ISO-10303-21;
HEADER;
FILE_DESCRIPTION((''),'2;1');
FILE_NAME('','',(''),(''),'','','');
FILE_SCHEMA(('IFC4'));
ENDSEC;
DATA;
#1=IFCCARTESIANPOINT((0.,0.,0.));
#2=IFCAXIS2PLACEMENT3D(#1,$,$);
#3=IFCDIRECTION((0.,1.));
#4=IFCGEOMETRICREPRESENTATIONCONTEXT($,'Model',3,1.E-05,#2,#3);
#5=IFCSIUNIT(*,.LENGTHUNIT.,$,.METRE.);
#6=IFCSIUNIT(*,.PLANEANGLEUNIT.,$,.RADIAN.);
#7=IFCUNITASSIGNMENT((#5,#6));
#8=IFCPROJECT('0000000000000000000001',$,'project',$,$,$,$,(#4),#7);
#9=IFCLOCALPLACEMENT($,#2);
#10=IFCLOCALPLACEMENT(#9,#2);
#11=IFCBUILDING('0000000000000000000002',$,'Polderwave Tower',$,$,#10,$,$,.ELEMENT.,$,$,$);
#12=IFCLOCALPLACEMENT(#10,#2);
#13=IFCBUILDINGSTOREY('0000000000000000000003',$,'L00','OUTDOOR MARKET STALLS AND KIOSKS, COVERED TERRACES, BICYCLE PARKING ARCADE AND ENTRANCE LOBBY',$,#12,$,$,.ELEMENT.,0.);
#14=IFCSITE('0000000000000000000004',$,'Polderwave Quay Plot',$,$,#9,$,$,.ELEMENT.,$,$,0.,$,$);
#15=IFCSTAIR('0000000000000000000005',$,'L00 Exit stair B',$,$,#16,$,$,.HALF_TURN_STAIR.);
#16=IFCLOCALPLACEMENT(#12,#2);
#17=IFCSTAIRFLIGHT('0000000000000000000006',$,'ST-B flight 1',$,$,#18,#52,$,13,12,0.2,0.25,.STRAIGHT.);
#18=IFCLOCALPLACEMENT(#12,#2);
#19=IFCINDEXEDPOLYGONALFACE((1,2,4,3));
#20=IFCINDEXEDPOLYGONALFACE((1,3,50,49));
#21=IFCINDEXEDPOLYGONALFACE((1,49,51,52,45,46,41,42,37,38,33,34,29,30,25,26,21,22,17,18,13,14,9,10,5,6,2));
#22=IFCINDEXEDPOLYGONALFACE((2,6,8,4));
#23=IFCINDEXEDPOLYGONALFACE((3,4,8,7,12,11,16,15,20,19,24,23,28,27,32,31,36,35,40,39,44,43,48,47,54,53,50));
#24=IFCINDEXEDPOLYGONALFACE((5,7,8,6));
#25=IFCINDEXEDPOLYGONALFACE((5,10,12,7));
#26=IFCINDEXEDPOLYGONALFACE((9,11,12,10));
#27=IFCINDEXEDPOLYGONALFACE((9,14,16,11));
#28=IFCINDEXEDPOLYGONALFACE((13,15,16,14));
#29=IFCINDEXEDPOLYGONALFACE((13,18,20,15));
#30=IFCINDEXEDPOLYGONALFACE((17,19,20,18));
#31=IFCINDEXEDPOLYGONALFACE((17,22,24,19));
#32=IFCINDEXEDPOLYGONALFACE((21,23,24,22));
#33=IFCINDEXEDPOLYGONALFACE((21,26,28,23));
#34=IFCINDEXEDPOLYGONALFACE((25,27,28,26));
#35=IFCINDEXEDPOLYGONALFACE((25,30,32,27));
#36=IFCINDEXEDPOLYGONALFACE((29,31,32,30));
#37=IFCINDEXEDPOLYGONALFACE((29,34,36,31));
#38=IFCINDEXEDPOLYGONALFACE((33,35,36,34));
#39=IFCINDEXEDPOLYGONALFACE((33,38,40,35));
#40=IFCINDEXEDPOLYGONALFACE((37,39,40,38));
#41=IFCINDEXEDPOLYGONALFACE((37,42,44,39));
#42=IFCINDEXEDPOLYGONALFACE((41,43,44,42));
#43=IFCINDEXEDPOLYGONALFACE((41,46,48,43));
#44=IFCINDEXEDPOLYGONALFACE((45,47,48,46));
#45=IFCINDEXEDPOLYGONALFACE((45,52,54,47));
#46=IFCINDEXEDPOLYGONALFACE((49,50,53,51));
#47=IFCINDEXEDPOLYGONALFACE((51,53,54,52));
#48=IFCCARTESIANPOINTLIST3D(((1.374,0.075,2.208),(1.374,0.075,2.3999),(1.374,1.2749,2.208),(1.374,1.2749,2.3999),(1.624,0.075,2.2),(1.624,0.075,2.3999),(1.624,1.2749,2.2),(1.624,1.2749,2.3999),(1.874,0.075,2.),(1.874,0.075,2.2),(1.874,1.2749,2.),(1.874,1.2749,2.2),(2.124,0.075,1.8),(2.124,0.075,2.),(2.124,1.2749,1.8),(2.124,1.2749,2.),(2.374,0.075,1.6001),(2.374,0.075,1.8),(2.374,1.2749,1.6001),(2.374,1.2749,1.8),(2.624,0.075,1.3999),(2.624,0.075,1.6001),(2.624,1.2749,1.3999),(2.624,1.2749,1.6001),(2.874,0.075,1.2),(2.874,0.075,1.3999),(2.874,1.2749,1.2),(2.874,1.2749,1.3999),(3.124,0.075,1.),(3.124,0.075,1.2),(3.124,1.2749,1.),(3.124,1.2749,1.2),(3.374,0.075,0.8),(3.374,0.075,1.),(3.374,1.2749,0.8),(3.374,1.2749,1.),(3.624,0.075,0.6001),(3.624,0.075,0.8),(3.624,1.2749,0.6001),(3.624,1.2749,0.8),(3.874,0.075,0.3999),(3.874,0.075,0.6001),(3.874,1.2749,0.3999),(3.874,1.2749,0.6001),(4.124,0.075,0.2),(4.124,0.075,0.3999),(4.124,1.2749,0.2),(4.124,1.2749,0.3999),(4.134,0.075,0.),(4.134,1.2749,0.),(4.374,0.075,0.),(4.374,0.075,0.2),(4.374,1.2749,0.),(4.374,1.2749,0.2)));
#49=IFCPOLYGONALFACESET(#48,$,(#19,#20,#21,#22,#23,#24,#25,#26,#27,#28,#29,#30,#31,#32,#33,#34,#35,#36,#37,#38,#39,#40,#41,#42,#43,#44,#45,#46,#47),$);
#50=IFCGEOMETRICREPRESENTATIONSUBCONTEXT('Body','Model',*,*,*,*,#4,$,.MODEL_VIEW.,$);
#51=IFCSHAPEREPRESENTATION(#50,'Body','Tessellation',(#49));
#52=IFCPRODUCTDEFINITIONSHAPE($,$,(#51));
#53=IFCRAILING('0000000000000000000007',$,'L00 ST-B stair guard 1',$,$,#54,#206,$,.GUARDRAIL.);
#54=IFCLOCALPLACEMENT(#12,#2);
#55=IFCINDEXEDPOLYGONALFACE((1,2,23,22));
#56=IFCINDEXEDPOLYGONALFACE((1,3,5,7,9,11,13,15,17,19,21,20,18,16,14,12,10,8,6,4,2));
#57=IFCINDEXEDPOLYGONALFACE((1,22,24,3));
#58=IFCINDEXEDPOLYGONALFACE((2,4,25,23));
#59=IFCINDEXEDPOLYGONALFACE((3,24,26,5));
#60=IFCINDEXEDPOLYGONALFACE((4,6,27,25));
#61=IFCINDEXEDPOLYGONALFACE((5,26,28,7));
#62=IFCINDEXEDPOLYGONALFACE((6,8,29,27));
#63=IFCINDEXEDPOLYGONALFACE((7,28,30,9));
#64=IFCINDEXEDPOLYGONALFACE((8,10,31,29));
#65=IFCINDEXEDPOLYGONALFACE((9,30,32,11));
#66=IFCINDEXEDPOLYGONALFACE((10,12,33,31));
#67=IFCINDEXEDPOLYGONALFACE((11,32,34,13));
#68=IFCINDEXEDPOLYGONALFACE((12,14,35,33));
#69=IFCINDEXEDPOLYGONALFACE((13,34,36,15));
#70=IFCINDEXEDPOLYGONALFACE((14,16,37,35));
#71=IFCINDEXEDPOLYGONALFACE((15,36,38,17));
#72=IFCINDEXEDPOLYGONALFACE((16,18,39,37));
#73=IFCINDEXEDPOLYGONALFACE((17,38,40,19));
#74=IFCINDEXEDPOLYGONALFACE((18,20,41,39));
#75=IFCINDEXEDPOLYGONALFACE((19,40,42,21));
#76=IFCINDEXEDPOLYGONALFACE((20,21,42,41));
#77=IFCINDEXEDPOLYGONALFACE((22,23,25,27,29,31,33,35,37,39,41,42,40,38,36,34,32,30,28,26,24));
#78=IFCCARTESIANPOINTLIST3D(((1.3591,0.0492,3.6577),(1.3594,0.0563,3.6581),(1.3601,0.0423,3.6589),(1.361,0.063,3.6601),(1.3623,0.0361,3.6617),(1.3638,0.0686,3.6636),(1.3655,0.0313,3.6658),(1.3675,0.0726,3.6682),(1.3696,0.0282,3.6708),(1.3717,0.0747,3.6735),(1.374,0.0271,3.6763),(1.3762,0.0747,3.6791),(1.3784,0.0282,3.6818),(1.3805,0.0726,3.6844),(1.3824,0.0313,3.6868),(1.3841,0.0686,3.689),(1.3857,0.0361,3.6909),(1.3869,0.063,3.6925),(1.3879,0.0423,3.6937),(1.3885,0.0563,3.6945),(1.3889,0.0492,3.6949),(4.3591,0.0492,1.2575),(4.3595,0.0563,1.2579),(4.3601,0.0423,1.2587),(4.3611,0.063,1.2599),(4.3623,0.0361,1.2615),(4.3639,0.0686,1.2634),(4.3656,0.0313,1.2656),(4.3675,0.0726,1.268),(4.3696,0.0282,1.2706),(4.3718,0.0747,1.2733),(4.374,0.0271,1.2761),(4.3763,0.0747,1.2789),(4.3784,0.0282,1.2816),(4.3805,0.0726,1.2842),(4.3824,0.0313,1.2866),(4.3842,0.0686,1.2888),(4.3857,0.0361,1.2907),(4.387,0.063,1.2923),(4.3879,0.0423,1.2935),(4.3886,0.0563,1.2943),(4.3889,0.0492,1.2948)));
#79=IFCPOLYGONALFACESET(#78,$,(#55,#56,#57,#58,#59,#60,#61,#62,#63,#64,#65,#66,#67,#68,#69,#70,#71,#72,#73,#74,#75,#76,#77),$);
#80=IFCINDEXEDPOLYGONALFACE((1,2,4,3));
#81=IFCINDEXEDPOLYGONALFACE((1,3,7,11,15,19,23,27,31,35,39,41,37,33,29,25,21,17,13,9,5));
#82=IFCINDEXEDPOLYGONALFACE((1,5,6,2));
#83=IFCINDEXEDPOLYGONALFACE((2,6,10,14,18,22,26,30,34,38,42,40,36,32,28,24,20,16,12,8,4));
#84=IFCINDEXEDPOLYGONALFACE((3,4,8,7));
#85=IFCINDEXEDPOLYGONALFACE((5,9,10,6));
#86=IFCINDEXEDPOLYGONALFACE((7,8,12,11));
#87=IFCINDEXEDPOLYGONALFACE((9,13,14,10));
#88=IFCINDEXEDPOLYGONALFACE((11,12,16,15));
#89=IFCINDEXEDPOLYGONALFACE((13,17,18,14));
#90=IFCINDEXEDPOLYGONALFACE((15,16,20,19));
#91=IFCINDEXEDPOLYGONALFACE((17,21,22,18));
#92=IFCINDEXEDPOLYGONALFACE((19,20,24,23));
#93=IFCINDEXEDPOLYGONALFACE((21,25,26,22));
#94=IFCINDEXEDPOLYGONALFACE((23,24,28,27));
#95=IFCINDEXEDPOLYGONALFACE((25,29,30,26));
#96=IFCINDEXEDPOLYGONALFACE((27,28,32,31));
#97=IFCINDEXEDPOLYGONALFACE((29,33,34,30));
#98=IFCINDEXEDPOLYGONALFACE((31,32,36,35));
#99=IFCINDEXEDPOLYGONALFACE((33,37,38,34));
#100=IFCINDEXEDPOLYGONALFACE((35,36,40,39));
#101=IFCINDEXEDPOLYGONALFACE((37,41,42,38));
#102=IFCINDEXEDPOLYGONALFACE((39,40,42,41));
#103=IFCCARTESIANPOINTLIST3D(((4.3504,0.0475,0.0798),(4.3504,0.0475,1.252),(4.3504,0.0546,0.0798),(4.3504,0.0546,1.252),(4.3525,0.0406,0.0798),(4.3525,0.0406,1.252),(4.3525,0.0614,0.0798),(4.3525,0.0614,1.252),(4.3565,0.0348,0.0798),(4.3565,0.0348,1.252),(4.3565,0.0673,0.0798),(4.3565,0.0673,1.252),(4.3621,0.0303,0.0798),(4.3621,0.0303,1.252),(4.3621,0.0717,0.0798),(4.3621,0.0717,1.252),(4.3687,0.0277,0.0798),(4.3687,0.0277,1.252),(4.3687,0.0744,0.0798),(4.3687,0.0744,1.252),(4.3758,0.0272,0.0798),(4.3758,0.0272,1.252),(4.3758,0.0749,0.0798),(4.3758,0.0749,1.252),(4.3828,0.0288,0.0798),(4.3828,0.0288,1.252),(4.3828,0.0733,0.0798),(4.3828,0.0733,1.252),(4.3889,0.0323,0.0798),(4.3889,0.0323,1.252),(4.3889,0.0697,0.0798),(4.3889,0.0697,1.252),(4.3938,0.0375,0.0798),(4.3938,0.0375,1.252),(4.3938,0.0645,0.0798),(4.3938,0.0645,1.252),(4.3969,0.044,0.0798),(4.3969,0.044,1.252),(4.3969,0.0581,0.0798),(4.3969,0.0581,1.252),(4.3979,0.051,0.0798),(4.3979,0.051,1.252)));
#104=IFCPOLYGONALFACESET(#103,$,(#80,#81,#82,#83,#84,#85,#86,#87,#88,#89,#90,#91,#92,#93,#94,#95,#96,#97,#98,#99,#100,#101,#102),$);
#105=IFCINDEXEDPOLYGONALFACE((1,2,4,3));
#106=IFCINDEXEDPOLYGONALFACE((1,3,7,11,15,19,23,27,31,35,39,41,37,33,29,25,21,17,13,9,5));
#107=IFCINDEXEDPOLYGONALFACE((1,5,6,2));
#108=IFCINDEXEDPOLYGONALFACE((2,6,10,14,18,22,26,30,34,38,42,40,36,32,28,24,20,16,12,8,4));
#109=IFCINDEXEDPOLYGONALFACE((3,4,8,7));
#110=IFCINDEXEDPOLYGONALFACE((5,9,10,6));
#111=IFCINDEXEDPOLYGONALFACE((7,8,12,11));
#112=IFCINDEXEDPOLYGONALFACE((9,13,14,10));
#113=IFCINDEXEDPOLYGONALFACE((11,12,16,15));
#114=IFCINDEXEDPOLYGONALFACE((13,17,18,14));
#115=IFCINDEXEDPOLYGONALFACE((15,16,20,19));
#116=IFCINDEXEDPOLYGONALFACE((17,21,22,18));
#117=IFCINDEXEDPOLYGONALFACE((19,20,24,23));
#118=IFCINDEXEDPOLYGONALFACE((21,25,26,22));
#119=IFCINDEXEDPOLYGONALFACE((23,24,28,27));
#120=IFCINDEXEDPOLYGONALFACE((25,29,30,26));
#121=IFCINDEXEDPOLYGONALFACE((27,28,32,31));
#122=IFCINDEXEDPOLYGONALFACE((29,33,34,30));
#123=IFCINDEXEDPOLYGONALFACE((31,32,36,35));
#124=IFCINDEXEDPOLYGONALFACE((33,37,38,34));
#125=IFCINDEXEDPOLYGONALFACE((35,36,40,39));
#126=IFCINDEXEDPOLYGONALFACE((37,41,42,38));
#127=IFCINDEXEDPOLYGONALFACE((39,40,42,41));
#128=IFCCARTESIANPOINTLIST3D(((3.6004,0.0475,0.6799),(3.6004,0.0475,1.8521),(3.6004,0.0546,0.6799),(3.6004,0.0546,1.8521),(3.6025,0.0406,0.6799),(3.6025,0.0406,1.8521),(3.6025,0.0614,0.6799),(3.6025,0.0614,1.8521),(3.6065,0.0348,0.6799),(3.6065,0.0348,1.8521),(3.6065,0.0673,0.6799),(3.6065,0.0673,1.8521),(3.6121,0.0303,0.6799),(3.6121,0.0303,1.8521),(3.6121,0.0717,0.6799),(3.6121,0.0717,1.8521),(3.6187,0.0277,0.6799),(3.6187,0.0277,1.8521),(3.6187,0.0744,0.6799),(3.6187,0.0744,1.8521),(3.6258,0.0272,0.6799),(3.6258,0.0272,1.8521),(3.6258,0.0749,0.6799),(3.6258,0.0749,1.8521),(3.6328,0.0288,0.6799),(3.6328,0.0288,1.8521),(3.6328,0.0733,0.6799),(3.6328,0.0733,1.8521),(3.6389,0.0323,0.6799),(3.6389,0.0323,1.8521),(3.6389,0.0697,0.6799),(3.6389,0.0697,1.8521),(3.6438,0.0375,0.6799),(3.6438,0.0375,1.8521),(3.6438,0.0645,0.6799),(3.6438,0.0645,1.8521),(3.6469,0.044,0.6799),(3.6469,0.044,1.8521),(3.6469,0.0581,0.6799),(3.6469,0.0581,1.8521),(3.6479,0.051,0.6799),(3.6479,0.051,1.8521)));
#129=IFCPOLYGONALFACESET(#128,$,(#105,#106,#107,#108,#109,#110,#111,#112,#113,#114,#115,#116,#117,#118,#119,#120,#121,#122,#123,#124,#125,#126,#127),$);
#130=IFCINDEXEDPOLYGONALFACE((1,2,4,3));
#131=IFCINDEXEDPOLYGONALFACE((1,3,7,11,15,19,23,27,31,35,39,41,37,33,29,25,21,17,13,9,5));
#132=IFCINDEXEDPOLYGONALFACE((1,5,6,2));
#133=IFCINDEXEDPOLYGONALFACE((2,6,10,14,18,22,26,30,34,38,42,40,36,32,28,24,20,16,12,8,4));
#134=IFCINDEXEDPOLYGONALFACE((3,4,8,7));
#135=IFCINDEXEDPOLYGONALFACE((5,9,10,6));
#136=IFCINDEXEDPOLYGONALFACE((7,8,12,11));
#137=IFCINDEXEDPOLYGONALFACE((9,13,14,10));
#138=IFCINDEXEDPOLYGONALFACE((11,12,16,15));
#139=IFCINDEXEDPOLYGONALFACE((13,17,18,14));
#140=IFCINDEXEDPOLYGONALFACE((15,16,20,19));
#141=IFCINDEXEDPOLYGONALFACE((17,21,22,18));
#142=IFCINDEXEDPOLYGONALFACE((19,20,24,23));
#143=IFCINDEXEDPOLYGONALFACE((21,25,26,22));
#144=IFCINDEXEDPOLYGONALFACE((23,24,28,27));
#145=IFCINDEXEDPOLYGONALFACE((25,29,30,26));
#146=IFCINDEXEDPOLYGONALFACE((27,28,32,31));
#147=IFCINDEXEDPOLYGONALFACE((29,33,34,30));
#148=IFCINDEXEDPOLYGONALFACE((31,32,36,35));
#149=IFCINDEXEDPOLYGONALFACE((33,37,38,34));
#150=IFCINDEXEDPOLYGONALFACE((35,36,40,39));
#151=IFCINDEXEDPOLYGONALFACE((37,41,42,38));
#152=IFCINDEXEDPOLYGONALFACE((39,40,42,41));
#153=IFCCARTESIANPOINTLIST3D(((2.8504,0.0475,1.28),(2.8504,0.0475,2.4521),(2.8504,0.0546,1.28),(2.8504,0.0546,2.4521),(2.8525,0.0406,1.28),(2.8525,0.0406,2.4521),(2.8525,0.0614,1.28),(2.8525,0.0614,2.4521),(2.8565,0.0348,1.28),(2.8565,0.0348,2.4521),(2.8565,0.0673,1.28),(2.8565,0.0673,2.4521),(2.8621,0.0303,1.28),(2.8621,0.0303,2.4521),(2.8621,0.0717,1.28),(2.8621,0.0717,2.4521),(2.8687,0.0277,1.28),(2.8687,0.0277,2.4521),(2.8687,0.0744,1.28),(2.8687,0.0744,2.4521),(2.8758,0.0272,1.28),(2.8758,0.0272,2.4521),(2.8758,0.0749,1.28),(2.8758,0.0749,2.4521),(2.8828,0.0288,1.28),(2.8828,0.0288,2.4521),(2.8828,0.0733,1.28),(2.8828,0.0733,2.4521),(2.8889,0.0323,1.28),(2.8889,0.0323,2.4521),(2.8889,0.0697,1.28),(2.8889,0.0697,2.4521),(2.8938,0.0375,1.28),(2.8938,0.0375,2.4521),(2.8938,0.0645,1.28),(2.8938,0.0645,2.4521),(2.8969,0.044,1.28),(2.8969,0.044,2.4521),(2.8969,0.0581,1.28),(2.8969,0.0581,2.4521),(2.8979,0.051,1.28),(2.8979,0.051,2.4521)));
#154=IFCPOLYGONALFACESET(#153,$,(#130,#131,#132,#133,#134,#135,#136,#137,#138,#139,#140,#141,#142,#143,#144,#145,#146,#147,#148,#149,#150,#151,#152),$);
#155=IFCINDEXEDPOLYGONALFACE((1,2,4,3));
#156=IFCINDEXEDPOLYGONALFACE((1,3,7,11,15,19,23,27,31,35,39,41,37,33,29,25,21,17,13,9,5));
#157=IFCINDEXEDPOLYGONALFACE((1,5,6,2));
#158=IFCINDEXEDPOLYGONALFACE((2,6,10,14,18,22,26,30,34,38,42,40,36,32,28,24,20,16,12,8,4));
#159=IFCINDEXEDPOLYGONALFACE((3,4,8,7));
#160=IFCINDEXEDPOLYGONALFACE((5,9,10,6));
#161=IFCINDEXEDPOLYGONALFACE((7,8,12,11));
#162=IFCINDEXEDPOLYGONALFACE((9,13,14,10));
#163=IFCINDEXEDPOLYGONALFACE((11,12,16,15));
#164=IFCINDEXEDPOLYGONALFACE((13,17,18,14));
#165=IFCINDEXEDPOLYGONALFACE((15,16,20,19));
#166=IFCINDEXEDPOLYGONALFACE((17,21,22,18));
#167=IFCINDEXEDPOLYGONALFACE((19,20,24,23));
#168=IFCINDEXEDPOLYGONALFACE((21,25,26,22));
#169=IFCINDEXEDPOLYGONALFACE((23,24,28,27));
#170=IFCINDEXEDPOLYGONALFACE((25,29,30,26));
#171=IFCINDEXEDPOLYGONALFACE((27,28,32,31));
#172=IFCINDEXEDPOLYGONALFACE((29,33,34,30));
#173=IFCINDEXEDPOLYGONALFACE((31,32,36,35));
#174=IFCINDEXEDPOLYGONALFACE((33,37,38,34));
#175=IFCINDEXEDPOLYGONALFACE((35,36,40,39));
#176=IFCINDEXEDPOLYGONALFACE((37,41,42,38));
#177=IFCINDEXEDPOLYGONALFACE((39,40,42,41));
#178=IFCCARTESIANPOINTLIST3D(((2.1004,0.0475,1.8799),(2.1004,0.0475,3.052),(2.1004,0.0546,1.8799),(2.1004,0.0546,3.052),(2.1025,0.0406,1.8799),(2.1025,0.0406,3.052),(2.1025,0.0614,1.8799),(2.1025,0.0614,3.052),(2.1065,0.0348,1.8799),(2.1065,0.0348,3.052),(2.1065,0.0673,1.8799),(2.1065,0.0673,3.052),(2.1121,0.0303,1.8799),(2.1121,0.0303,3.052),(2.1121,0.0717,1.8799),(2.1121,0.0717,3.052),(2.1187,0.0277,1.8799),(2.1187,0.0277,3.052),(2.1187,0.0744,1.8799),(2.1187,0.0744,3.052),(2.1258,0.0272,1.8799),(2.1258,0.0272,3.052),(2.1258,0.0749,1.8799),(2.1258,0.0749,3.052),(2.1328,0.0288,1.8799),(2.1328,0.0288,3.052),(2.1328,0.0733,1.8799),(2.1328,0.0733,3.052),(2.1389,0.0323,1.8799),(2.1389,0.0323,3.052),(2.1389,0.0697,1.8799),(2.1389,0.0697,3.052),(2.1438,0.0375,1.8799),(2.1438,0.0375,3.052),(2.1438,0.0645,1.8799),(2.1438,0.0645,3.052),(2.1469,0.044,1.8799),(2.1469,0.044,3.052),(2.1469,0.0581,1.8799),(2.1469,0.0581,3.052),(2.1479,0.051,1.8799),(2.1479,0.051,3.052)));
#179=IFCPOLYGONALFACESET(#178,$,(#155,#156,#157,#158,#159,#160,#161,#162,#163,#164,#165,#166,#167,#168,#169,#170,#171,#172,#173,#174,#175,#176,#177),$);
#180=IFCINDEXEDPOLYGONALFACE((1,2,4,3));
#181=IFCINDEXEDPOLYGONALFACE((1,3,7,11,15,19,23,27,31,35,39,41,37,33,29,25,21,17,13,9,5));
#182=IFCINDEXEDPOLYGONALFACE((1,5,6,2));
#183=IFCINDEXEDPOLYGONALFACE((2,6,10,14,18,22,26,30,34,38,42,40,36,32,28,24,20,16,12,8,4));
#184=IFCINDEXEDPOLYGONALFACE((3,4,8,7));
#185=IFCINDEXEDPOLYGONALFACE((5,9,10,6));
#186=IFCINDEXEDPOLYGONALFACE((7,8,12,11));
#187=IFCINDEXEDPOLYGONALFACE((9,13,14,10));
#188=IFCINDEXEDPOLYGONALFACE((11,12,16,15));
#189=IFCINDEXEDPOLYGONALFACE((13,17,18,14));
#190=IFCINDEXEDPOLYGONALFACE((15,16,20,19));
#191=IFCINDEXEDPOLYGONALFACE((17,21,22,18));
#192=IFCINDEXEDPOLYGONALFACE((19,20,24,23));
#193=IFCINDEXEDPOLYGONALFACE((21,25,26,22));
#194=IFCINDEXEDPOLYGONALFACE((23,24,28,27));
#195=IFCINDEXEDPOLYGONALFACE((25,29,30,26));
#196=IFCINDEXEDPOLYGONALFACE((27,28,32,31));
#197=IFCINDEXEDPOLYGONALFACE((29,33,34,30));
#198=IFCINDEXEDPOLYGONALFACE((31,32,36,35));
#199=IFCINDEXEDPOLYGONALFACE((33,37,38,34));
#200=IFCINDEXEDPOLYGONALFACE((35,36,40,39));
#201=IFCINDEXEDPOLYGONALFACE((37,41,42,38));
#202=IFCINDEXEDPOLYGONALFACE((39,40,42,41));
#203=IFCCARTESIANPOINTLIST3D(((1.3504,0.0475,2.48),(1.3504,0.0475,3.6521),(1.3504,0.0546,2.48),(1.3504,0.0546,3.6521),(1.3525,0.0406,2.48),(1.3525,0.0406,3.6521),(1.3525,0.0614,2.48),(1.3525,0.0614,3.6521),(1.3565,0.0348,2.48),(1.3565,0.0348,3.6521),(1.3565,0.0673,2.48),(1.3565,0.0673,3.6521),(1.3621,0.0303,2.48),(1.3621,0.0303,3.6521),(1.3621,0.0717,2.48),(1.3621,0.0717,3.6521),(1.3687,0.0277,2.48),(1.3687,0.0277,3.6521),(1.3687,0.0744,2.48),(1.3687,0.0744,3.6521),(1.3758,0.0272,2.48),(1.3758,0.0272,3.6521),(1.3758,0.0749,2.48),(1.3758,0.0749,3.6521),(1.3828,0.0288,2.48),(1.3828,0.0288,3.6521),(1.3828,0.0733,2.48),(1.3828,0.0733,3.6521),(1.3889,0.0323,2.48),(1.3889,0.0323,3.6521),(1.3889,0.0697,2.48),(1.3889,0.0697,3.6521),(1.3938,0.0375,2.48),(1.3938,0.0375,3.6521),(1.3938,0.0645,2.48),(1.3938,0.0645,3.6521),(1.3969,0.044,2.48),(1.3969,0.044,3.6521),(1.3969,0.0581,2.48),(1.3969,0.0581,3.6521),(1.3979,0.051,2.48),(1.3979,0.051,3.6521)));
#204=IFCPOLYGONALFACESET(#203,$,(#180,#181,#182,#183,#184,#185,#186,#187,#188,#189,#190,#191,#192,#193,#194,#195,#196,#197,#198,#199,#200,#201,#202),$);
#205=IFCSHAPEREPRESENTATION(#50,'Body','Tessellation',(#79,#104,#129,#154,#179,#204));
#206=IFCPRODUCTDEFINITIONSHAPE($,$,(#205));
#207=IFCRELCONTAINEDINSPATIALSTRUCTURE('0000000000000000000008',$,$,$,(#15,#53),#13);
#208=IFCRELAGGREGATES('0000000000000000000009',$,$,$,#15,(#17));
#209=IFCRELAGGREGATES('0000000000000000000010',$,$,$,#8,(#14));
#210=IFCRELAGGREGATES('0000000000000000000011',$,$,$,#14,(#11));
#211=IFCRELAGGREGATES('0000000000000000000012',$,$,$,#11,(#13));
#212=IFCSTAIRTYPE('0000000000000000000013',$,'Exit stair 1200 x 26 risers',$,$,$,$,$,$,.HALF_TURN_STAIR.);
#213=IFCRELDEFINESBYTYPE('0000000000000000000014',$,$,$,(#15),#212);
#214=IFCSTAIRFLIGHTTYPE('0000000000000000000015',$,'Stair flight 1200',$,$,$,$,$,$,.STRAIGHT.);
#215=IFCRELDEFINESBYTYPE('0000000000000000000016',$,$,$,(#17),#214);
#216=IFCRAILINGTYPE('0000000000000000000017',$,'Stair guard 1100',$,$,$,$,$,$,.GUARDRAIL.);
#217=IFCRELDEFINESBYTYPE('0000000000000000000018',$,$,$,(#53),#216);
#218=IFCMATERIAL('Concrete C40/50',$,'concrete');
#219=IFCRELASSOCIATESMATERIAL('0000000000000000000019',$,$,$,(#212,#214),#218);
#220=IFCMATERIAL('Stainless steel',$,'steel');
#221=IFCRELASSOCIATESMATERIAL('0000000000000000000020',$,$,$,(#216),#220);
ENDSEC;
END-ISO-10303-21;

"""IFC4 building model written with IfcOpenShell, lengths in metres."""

from ifc_helpers import new_model, si_unit, direction, frame, origin, origin_2d, place, context, subcontext, project, spatial, polyline, circle, outline, extrude, material, type_object, element, aggregate, save


model = new_model("IFC4")

# Units and contexts
model_context = context("Model", 3, precision=1e-05, world=origin(), true_north=direction((0.0, 1.0)))
body_context = subcontext(model_context, "Body", "Model", "MODEL_VIEW")
ifc_project = project(units=[si_unit("LENGTHUNIT", "METRE"), si_unit("PLANEANGLEUNIT", "RADIAN")], contexts=[model_context])

# Site, building, storey
site_placement = place(None, origin())
site = spatial("IfcSite", under=ifc_project, at=site_placement, Name="Polderwave Quay Plot", CompositionType="ELEMENT", RefElevation=0.0)
building_placement = place(site_placement, origin())
building = spatial("IfcBuilding", under=site, at=building_placement, Name="Polderwave Tower", CompositionType="ELEMENT")
storey_placement = place(building_placement, origin())
storey = spatial("IfcBuildingStorey", under=building, at=storey_placement, Name="L00", Description="OUTDOOR MARKET STALLS AND KIOSKS, COVERED TERRACES, BICYCLE PARKING ARCADE AND ENTRANCE LOBBY", CompositionType="ELEMENT", Elevation=0.0)

# Shared definitions
ifc_material_1 = material(Name="Concrete C40/50", Category="concrete")

# Shared definitions
stair_type = type_object("IfcStairType", Name="Exit stair 1200 x 26 risers", PredefinedType="HALF_TURN_STAIR", material=ifc_material_1)

# Stair, stair flight
stair_1_placement = place(storey_placement, origin())
stair_1 = element("IfcStair", 1, at=stair_1_placement, inside=storey, type_object=stair_type, Name="L00 Exit stair B", PredefinedType="HALF_TURN_STAIR")
stair_flight_type = type_object("IfcStairFlightType", Name="Stair flight 1200", PredefinedType="STRAIGHT", material=ifc_material_1)
stair_flight_placement = place(storey_placement, frame((4.374, 0.675, 0.0), z_axis=(0.0, 0.0, 1.0), x_axis=(-1.0, 0.0, 0.0)))
stair_flight = element("IfcStairFlight", 2, at=stair_flight_placement, type_object=stair_flight_type, Name="ST-B flight 1", NumberOfRisers=13, NumberOfTreads=12, PredefinedType="STRAIGHT", RiserHeight=0.2, TreadLength=0.25, context=body_context, shape_type="SweptSolid", body=[
    extrude(outline(polyline([(0.0, 0.0), (0.0, 0.2), (0.25, 0.2), (0.25, 0.3999), (0.5, 0.3999), (0.5, 0.6001), (0.75, 0.6001), (0.75, 0.8), (1.0, 0.8), (1.0, 1.0), (1.25, 1.0), (1.25, 1.2), (1.5, 1.2), (1.5, 1.3999), (1.75, 1.3999), (1.75, 1.6001), (2.0, 1.6001), (2.0, 1.8), (2.25, 1.8), (2.25, 2.0), (2.5, 2.0), (2.5, 2.2), (2.75, 2.2), (2.75, 2.3999), (3.0, 2.3999), (3.0, 2.6001), (3.0, 2.208), (0.24, 0.0), (0.0, 0.0)])), frame((0.0, 0.6001, 0.0), z_axis=(0.0, -1.0, 0.0), x_axis=(1.0, 0.0, 0.0)), (0.0, 0.0, 1.0), 1.2),
])
aggregate(stair_1, [stair_flight])

# Railing
ifc_material_2 = material(Name="Stainless steel", Category="steel")
railing_type_1 = type_object("IfcRailingType", Name="Stair guard 1100", PredefinedType="GUARDRAIL", material=ifc_material_2)
railing_1_placement = place(storey_placement, frame((4.374, 0.051, 0.0798)))
element("IfcRailing", 3, at=railing_1_placement, inside=storey, type_object=railing_type_1, Name="L00 ST-B stair guard 1", PredefinedType="GUARDRAIL", context=body_context, shape_type="SweptSolid", body=[
    extrude(circle(Radius=0.0239, at=origin_2d()), frame((0.0, 0.0, 1.1963), z_axis=(-0.78085, 0.0, 0.624718), x_axis=(0.0, -1.0, 0.0)), (0.0, 0.0, 1.0), 3.842),
    extrude(circle(Radius=0.0239, at=origin_2d()), origin(), (0.0, 0.0, 1.0), 1.1721),
    extrude(circle(Radius=0.0239, at=origin_2d()), frame((-0.75, 0.0, 0.6001)), (0.0, 0.0, 1.0), 1.1721),
    extrude(circle(Radius=0.0239, at=origin_2d()), frame((-1.5, 0.0, 1.2002)), (0.0, 0.0, 1.0), 1.1721),
    extrude(circle(Radius=0.0239, at=origin_2d()), frame((-2.25, 0.0, 1.8)), (0.0, 0.0, 1.0), 1.1721),
    extrude(circle(Radius=0.0239, at=origin_2d()), frame((-3.0, 0.0, 2.4001)), (0.0, 0.0, 1.0), 1.1721),
])

save(model, "model.ifc")
